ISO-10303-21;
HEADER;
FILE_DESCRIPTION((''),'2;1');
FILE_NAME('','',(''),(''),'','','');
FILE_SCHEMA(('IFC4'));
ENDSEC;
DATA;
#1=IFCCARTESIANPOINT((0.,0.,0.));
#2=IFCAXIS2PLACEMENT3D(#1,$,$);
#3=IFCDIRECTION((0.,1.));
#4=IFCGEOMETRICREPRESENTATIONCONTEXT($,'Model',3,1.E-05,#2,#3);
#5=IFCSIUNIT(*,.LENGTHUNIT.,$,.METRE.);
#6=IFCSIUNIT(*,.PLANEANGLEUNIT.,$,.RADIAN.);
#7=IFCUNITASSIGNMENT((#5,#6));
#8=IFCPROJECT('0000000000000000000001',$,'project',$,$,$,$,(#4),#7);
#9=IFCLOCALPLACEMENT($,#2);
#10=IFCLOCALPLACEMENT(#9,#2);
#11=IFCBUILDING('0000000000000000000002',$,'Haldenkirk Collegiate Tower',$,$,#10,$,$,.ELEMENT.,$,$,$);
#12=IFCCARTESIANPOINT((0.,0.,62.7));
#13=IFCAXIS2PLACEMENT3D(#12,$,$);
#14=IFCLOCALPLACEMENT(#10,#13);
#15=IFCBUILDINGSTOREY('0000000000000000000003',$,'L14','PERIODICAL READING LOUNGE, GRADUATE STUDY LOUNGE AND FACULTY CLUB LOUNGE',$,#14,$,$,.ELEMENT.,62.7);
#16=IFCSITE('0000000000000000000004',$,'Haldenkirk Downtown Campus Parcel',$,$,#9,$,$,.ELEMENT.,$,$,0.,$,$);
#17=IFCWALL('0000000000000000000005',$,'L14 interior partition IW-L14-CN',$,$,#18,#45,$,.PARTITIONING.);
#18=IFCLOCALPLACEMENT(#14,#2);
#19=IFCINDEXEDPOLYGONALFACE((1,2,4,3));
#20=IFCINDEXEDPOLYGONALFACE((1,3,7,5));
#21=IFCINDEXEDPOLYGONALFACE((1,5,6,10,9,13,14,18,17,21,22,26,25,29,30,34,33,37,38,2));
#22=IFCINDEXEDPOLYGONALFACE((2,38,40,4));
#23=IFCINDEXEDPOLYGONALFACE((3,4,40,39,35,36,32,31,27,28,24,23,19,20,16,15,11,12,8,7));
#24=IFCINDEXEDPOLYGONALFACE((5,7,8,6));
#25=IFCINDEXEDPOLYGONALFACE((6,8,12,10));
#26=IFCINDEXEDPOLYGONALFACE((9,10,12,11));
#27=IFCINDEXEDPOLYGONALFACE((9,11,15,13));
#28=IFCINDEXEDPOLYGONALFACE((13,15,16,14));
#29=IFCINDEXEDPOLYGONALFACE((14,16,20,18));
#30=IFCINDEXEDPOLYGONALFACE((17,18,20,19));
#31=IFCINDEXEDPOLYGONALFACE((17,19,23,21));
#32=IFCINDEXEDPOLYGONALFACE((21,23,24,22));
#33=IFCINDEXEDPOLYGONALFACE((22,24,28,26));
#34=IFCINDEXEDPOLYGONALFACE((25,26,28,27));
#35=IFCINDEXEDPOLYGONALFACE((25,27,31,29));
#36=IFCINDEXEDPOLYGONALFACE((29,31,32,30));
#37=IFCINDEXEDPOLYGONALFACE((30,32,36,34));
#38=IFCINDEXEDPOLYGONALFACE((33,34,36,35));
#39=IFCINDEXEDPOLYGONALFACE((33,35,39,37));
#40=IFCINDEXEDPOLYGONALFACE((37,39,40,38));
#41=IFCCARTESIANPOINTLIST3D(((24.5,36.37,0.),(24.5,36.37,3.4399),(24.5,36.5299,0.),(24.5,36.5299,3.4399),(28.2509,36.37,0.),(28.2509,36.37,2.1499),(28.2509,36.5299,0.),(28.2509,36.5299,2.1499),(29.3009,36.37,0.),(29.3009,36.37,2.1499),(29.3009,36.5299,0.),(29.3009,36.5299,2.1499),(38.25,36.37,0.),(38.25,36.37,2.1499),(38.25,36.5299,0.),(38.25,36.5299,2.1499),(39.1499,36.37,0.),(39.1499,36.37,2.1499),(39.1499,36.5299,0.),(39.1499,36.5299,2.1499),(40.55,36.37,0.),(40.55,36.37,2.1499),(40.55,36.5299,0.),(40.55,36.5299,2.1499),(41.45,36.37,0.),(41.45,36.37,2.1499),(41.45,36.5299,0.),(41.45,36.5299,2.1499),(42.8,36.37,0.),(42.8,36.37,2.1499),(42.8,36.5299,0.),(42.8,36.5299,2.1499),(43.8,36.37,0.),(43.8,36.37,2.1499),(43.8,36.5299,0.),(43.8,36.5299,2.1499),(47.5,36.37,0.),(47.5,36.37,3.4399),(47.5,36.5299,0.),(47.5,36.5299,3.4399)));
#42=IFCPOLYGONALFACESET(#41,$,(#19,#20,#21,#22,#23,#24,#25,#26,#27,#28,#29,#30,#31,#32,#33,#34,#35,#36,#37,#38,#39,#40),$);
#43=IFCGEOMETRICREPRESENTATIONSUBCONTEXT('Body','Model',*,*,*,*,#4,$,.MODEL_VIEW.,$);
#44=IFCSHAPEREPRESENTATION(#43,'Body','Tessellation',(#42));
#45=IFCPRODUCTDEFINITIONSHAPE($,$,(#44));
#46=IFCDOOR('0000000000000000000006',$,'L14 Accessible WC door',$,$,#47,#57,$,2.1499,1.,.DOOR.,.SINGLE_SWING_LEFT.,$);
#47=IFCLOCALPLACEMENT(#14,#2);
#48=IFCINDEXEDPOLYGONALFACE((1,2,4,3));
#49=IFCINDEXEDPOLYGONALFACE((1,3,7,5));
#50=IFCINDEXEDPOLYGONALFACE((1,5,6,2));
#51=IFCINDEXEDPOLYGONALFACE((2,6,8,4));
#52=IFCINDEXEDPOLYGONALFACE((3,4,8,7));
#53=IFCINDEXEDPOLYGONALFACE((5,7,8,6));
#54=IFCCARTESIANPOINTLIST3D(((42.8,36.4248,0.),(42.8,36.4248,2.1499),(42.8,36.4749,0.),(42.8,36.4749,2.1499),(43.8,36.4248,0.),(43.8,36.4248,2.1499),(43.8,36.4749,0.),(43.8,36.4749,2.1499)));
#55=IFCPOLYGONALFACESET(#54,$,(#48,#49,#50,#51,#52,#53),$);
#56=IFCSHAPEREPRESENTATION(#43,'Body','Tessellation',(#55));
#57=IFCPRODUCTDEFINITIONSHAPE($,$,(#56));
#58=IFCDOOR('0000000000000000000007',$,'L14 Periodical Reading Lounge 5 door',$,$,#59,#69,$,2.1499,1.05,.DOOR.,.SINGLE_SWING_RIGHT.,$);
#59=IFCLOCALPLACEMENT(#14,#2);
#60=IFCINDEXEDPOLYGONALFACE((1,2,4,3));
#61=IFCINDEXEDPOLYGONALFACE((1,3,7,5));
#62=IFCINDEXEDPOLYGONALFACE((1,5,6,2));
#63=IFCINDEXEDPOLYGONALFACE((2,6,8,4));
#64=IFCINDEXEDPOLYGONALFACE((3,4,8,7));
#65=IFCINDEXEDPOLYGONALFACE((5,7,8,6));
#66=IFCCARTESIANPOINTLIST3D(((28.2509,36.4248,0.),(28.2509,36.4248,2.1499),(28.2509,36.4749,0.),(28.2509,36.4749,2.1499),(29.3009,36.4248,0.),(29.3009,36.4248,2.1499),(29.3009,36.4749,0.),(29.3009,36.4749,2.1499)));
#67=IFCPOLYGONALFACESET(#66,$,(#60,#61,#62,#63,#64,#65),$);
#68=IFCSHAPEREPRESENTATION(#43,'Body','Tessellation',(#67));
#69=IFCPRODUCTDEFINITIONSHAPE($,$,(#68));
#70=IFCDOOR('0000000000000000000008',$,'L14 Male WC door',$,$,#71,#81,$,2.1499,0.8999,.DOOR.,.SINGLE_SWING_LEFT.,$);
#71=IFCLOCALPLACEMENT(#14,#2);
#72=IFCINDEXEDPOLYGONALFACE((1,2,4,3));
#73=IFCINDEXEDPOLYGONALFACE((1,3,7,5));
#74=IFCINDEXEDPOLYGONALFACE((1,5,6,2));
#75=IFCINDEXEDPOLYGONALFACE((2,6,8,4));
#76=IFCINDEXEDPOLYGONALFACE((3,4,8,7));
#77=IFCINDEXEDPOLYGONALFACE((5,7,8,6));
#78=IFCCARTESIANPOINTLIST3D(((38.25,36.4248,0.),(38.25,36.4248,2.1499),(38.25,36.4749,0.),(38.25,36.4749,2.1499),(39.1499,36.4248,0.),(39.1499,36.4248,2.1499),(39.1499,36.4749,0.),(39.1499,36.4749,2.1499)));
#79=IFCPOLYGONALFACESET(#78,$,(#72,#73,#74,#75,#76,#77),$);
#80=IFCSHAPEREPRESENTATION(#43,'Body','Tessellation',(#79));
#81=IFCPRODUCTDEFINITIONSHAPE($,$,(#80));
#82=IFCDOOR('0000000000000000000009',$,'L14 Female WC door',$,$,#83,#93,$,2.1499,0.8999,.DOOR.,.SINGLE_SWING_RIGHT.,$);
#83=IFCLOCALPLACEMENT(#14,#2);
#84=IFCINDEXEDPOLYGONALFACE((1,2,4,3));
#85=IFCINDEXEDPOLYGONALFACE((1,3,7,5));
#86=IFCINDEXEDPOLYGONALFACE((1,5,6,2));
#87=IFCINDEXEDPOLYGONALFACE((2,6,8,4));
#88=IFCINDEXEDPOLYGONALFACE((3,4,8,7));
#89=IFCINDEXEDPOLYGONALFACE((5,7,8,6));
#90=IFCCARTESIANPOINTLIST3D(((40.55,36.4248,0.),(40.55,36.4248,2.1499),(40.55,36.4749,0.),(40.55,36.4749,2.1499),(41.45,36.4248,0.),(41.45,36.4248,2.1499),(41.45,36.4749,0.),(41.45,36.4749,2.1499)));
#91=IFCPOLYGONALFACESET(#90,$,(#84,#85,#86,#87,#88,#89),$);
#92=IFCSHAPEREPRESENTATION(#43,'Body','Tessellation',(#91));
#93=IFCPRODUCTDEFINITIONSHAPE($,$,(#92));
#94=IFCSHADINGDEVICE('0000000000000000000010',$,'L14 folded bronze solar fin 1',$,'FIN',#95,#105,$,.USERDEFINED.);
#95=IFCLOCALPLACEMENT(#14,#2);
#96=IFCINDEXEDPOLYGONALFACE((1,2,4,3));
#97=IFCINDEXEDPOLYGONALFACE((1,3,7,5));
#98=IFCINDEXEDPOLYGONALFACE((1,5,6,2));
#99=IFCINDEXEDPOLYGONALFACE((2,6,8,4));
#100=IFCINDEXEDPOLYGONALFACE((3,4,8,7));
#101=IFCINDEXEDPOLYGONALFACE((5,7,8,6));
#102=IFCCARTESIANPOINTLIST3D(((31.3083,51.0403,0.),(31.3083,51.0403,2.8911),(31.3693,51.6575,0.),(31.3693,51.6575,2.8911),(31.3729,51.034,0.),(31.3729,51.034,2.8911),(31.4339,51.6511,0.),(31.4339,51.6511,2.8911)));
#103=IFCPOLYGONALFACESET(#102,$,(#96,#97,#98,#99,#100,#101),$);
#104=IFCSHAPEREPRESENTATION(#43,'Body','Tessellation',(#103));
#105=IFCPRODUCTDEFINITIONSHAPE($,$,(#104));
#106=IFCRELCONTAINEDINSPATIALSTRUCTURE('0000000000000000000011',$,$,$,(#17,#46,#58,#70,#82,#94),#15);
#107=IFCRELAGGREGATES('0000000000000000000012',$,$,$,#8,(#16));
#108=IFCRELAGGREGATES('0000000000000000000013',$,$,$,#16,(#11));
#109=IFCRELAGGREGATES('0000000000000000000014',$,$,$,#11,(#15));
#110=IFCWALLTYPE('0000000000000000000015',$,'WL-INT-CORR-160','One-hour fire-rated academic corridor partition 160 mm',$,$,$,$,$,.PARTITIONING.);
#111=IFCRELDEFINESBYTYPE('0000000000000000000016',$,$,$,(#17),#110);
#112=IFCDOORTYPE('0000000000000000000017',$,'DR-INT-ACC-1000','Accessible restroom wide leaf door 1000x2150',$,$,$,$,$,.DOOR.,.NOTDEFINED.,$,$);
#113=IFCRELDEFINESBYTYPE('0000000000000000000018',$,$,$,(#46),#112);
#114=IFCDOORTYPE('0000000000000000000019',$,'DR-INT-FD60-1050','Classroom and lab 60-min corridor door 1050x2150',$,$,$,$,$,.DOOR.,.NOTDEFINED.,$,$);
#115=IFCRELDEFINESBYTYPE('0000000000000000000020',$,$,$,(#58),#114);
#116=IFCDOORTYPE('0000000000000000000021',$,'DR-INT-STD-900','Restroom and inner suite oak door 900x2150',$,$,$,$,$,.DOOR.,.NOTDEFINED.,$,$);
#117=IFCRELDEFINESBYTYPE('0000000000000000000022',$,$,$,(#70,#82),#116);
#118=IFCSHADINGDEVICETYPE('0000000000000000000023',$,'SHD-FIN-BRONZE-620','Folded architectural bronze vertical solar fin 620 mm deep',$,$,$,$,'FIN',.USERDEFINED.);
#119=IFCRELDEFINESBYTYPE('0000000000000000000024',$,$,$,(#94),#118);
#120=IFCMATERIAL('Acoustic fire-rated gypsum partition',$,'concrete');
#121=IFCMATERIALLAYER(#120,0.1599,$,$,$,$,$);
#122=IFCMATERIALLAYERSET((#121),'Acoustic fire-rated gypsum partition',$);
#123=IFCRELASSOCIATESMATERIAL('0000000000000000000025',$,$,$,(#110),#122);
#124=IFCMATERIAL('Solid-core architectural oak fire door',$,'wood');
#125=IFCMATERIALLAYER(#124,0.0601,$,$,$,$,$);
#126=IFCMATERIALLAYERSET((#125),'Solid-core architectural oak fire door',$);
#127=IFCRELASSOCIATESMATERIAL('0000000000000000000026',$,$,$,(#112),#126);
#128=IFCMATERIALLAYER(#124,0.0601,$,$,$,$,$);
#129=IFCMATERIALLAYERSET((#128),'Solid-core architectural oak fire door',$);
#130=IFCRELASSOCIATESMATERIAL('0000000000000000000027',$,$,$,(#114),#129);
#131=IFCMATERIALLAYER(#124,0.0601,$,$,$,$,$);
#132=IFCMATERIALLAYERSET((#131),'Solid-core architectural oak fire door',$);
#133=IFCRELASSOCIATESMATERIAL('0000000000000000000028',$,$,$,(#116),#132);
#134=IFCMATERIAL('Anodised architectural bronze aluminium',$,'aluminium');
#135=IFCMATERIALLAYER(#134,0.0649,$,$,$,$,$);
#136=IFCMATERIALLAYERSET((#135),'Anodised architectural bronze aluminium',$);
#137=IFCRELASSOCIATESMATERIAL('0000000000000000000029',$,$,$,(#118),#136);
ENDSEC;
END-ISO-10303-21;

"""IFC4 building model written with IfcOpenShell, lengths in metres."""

from ifc_helpers import new_model, si_unit, direction, frame, frame_2d, origin, origin_2d, place, context, subcontext, project, spatial, rectangle, extrude, source, transform, mapped, material, layer, layer_set, type_object, element, fill, save


model = new_model("IFC4")

# Units and contexts
model_context = context("Model", 3, precision=1e-05, world=origin(), true_north=direction((0.0, 1.0)))
body_context = subcontext(model_context, "Body", "Model", "MODEL_VIEW")
ifc_project = project(units=[si_unit("LENGTHUNIT", "METRE"), si_unit("PLANEANGLEUNIT", "RADIAN")], contexts=[model_context])

# Site, building, storey
site_placement = place(None, origin())
site = spatial("IfcSite", under=ifc_project, at=site_placement, Name="Haldenkirk Downtown Campus Parcel", CompositionType="ELEMENT", RefElevation=0.0)
building_placement = place(site_placement, origin())
building = spatial("IfcBuilding", under=site, at=building_placement, Name="Haldenkirk Collegiate Tower", CompositionType="ELEMENT")
storey_placement = place(building_placement, frame((0.0, 0.0, 62.7)))
storey = spatial("IfcBuildingStorey", under=building, at=storey_placement, Name="L14", Description="PERIODICAL READING LOUNGE, GRADUATE STUDY LOUNGE AND FACULTY CLUB LOUNGE", CompositionType="ELEMENT", Elevation=62.7)

# Shared definitions
ifc_material_1 = material(Name="Anodised architectural bronze aluminium", Category="aluminium")

# Wall, openings, doors
ifc_material_2 = material(Name="Acoustic fire-rated gypsum partition", Category="concrete")
ifc_layer_1 = layer(ifc_material_2, 0.1599)
ifc_layer_set_1 = layer_set([ifc_layer_1], Name="Acoustic fire-rated gypsum partition")
wall_type = type_object("IfcWallType", Name="WL-INT-CORR-160", Description="One-hour fire-rated academic corridor partition 160 mm", PredefinedType="PARTITIONING", material=ifc_layer_set_1)
wall_placement = place(storey_placement, frame((24.5, 36.45, 0.0), z_axis=(0.0, 0.0, 1.0), x_axis=(1.0, 0.0, 0.0)))
wall = element("IfcWall", 1, at=wall_placement, inside=storey, type_object=wall_type, Name="L14 interior partition IW-L14-CN", PredefinedType="PARTITIONING", context=body_context, shape_type="SweptSolid", body=[
    extrude(rectangle(XDim=23.0, YDim=0.1599, at=frame_2d((11.5, 0.0))), origin(), (0.0, 0.0, 1.0), 3.4399),
])
opening_1_placement = place(wall_placement, frame((13.75, 0.0, 0.0)))
opening_1 = element("IfcOpeningElement", 2, at=opening_1_placement, cuts=wall, PredefinedType="OPENING", context=body_context, shape_type="SweptSolid", body=[
    extrude(rectangle(XDim=0.8999, YDim=2.1499, at=frame_2d((0.45, 1.075))), frame((0.0, 0.0898, 0.0), z_axis=(0.0, -1.0, 0.0), x_axis=(1.0, 0.0, 0.0)), (0.0, 0.0, 1.0), 0.1799),
])
opening_2_placement = place(wall_placement, frame((16.05, 0.0, 0.0)))
opening_2 = element("IfcOpeningElement", 3, at=opening_2_placement, cuts=wall, PredefinedType="OPENING", context=body_context, shape_type="SweptSolid", body=[
    extrude(rectangle(XDim=0.8999, YDim=2.1499, at=frame_2d((0.45, 1.075))), frame((0.0, 0.0898, 0.0), z_axis=(0.0, -1.0, 0.0), x_axis=(1.0, 0.0, 0.0)), (0.0, 0.0, 1.0), 0.1799),
])
opening_3_placement = place(wall_placement, frame((18.3, 0.0, 0.0)))
opening_3 = element("IfcOpeningElement", 4, at=opening_3_placement, cuts=wall, PredefinedType="OPENING", context=body_context, shape_type="SweptSolid", body=[
    extrude(rectangle(XDim=1.0, YDim=2.1499, at=frame_2d((0.5, 1.075))), frame((0.0, 0.0898, 0.0), z_axis=(0.0, -1.0, 0.0), x_axis=(1.0, 0.0, 0.0)), (0.0, 0.0, 1.0), 0.1799),
])
opening_4_placement = place(wall_placement, frame((3.751, 0.0, 0.0)))
opening_4 = element("IfcOpeningElement", 5, at=opening_4_placement, cuts=wall, PredefinedType="OPENING", context=body_context, shape_type="SweptSolid", body=[
    extrude(rectangle(XDim=1.05, YDim=2.1499, at=frame_2d((0.5249, 1.075))), frame((0.0, 0.0898, 0.0), z_axis=(0.0, -1.0, 0.0), x_axis=(1.0, 0.0, 0.0)), (0.0, 0.0, 1.0), 0.1799),
])
ifc_material_3 = material(Name="Solid-core architectural oak fire door", Category="wood")
ifc_layer_2 = layer(ifc_material_3, 0.0601)
ifc_layer_set_2 = layer_set([ifc_layer_2], Name="Solid-core architectural oak fire door")
door_type_1 = type_object("IfcDoorType", Name="DR-INT-ACC-1000", Description="Accessible restroom wide leaf door 1000x2150", OperationType="NOTDEFINED", PredefinedType="DOOR", material=ifc_layer_set_2)
door_1_placement = place(opening_3_placement, origin())
door_1 = element("IfcDoor", 6, at=door_1_placement, inside=storey, type_object=door_type_1, Name="L14 Accessible WC door", OperationType="SINGLE_SWING_LEFT", OverallHeight=2.1499, OverallWidth=1.0, PredefinedType="DOOR", context=body_context, shape_type="SweptSolid", body=[
    extrude(rectangle(XDim=1.0, YDim=2.1499, at=frame_2d((0.5, 1.075))), frame((0.0, 0.0249, 0.0), z_axis=(0.0, -1.0, 0.0), x_axis=(1.0, 0.0, 0.0)), (0.0, 0.0, 1.0), 0.05),
])
fill(opening_3, door_1)
ifc_layer_3 = layer(ifc_material_3, 0.0601)
ifc_layer_set_3 = layer_set([ifc_layer_3], Name="Solid-core architectural oak fire door")
door_type_2 = type_object("IfcDoorType", Name="DR-INT-FD60-1050", Description="Classroom and lab 60-min corridor door 1050x2150", OperationType="NOTDEFINED", PredefinedType="DOOR", material=ifc_layer_set_3)
door_2_placement = place(opening_4_placement, origin())
door_2 = element("IfcDoor", 7, at=door_2_placement, inside=storey, type_object=door_type_2, Name="L14 Periodical Reading Lounge 5 door", OperationType="SINGLE_SWING_RIGHT", OverallHeight=2.1499, OverallWidth=1.05, PredefinedType="DOOR", context=body_context, shape_type="SweptSolid", body=[
    extrude(rectangle(XDim=1.05, YDim=2.1499, at=frame_2d((0.5249, 1.075))), frame((0.0, 0.0249, 0.0), z_axis=(0.0, -1.0, 0.0), x_axis=(1.0, 0.0, 0.0)), (0.0, 0.0, 1.0), 0.05),
])
fill(opening_4, door_2)
ifc_layer_4 = layer(ifc_material_3, 0.0601)
ifc_layer_set_4 = layer_set([ifc_layer_4], Name="Solid-core architectural oak fire door")
door_type_3 = type_object("IfcDoorType", Name="DR-INT-STD-900", Description="Restroom and inner suite oak door 900x2150", OperationType="NOTDEFINED", PredefinedType="DOOR", material=ifc_layer_set_4)
door_3_placement = place(opening_1_placement, origin())
door_3 = element("IfcDoor", 8, at=door_3_placement, inside=storey, type_object=door_type_3, Name="L14 Male WC door", OperationType="SINGLE_SWING_LEFT", OverallHeight=2.1499, OverallWidth=0.8999, PredefinedType="DOOR", context=body_context, shape_type="SweptSolid", body=[
    extrude(rectangle(XDim=0.8999, YDim=2.1499, at=frame_2d((0.45, 1.075))), frame((0.0, 0.0249, 0.0), z_axis=(0.0, -1.0, 0.0), x_axis=(1.0, 0.0, 0.0)), (0.0, 0.0, 1.0), 0.05),
])
fill(opening_1, door_3)
door_4_placement = place(opening_2_placement, origin())
door_4 = element("IfcDoor", 9, at=door_4_placement, inside=storey, type_object=door_type_3, Name="L14 Female WC door", OperationType="SINGLE_SWING_RIGHT", OverallHeight=2.1499, OverallWidth=0.8999, PredefinedType="DOOR", context=body_context, shape_type="SweptSolid", body=[
    extrude(rectangle(XDim=0.8999, YDim=2.1499, at=frame_2d((0.45, 1.075))), frame((0.0, 0.0249, 0.0), z_axis=(0.0, -1.0, 0.0), x_axis=(1.0, 0.0, 0.0)), (0.0, 0.0, 1.0), 0.05),
])
fill(opening_2, door_4)

# Shading device
ifc_layer_5 = layer(ifc_material_1, 0.0649)
ifc_layer_set_5 = layer_set([ifc_layer_5], Name="Anodised architectural bronze aluminium")
shading_device_type = type_object("IfcShadingDeviceType", Name="SHD-FIN-BRONZE-620", Description="Folded architectural bronze vertical solar fin 620 mm deep", ElementType="FIN", PredefinedType="USERDEFINED", material=ifc_layer_set_5)
shared_shape_1 = source(origin(), body_context, "Body", "SweptSolid", [
    extrude(rectangle(XDim=0.6201, YDim=0.0649, at=origin_2d()), origin(), (0.0, 0.0, 1.0), 2.8911),
])
shading_device_placement = place(storey_placement, frame((31.3711, 51.3457, 0.0), z_axis=(0.0, 0.0, 1.0), x_axis=(0.098451, 0.995142, 0.0)))
element("IfcShadingDevice", 10, at=shading_device_placement, inside=storey, type_object=shading_device_type, Name="L14 folded bronze solar fin 1", ObjectType="FIN", PredefinedType="USERDEFINED", context=body_context, shape_type="MappedRepresentation", body=[
    mapped(shared_shape_1, transform((0.0, 0.0, 0.0), x_axis=(1.0, 0.0, 0.0), y_axis=(0.0, 1.0, 0.0), z_axis=(0.0, 0.0, 1.0), scale=1.0)),
])

save(model, "model.ifc")
